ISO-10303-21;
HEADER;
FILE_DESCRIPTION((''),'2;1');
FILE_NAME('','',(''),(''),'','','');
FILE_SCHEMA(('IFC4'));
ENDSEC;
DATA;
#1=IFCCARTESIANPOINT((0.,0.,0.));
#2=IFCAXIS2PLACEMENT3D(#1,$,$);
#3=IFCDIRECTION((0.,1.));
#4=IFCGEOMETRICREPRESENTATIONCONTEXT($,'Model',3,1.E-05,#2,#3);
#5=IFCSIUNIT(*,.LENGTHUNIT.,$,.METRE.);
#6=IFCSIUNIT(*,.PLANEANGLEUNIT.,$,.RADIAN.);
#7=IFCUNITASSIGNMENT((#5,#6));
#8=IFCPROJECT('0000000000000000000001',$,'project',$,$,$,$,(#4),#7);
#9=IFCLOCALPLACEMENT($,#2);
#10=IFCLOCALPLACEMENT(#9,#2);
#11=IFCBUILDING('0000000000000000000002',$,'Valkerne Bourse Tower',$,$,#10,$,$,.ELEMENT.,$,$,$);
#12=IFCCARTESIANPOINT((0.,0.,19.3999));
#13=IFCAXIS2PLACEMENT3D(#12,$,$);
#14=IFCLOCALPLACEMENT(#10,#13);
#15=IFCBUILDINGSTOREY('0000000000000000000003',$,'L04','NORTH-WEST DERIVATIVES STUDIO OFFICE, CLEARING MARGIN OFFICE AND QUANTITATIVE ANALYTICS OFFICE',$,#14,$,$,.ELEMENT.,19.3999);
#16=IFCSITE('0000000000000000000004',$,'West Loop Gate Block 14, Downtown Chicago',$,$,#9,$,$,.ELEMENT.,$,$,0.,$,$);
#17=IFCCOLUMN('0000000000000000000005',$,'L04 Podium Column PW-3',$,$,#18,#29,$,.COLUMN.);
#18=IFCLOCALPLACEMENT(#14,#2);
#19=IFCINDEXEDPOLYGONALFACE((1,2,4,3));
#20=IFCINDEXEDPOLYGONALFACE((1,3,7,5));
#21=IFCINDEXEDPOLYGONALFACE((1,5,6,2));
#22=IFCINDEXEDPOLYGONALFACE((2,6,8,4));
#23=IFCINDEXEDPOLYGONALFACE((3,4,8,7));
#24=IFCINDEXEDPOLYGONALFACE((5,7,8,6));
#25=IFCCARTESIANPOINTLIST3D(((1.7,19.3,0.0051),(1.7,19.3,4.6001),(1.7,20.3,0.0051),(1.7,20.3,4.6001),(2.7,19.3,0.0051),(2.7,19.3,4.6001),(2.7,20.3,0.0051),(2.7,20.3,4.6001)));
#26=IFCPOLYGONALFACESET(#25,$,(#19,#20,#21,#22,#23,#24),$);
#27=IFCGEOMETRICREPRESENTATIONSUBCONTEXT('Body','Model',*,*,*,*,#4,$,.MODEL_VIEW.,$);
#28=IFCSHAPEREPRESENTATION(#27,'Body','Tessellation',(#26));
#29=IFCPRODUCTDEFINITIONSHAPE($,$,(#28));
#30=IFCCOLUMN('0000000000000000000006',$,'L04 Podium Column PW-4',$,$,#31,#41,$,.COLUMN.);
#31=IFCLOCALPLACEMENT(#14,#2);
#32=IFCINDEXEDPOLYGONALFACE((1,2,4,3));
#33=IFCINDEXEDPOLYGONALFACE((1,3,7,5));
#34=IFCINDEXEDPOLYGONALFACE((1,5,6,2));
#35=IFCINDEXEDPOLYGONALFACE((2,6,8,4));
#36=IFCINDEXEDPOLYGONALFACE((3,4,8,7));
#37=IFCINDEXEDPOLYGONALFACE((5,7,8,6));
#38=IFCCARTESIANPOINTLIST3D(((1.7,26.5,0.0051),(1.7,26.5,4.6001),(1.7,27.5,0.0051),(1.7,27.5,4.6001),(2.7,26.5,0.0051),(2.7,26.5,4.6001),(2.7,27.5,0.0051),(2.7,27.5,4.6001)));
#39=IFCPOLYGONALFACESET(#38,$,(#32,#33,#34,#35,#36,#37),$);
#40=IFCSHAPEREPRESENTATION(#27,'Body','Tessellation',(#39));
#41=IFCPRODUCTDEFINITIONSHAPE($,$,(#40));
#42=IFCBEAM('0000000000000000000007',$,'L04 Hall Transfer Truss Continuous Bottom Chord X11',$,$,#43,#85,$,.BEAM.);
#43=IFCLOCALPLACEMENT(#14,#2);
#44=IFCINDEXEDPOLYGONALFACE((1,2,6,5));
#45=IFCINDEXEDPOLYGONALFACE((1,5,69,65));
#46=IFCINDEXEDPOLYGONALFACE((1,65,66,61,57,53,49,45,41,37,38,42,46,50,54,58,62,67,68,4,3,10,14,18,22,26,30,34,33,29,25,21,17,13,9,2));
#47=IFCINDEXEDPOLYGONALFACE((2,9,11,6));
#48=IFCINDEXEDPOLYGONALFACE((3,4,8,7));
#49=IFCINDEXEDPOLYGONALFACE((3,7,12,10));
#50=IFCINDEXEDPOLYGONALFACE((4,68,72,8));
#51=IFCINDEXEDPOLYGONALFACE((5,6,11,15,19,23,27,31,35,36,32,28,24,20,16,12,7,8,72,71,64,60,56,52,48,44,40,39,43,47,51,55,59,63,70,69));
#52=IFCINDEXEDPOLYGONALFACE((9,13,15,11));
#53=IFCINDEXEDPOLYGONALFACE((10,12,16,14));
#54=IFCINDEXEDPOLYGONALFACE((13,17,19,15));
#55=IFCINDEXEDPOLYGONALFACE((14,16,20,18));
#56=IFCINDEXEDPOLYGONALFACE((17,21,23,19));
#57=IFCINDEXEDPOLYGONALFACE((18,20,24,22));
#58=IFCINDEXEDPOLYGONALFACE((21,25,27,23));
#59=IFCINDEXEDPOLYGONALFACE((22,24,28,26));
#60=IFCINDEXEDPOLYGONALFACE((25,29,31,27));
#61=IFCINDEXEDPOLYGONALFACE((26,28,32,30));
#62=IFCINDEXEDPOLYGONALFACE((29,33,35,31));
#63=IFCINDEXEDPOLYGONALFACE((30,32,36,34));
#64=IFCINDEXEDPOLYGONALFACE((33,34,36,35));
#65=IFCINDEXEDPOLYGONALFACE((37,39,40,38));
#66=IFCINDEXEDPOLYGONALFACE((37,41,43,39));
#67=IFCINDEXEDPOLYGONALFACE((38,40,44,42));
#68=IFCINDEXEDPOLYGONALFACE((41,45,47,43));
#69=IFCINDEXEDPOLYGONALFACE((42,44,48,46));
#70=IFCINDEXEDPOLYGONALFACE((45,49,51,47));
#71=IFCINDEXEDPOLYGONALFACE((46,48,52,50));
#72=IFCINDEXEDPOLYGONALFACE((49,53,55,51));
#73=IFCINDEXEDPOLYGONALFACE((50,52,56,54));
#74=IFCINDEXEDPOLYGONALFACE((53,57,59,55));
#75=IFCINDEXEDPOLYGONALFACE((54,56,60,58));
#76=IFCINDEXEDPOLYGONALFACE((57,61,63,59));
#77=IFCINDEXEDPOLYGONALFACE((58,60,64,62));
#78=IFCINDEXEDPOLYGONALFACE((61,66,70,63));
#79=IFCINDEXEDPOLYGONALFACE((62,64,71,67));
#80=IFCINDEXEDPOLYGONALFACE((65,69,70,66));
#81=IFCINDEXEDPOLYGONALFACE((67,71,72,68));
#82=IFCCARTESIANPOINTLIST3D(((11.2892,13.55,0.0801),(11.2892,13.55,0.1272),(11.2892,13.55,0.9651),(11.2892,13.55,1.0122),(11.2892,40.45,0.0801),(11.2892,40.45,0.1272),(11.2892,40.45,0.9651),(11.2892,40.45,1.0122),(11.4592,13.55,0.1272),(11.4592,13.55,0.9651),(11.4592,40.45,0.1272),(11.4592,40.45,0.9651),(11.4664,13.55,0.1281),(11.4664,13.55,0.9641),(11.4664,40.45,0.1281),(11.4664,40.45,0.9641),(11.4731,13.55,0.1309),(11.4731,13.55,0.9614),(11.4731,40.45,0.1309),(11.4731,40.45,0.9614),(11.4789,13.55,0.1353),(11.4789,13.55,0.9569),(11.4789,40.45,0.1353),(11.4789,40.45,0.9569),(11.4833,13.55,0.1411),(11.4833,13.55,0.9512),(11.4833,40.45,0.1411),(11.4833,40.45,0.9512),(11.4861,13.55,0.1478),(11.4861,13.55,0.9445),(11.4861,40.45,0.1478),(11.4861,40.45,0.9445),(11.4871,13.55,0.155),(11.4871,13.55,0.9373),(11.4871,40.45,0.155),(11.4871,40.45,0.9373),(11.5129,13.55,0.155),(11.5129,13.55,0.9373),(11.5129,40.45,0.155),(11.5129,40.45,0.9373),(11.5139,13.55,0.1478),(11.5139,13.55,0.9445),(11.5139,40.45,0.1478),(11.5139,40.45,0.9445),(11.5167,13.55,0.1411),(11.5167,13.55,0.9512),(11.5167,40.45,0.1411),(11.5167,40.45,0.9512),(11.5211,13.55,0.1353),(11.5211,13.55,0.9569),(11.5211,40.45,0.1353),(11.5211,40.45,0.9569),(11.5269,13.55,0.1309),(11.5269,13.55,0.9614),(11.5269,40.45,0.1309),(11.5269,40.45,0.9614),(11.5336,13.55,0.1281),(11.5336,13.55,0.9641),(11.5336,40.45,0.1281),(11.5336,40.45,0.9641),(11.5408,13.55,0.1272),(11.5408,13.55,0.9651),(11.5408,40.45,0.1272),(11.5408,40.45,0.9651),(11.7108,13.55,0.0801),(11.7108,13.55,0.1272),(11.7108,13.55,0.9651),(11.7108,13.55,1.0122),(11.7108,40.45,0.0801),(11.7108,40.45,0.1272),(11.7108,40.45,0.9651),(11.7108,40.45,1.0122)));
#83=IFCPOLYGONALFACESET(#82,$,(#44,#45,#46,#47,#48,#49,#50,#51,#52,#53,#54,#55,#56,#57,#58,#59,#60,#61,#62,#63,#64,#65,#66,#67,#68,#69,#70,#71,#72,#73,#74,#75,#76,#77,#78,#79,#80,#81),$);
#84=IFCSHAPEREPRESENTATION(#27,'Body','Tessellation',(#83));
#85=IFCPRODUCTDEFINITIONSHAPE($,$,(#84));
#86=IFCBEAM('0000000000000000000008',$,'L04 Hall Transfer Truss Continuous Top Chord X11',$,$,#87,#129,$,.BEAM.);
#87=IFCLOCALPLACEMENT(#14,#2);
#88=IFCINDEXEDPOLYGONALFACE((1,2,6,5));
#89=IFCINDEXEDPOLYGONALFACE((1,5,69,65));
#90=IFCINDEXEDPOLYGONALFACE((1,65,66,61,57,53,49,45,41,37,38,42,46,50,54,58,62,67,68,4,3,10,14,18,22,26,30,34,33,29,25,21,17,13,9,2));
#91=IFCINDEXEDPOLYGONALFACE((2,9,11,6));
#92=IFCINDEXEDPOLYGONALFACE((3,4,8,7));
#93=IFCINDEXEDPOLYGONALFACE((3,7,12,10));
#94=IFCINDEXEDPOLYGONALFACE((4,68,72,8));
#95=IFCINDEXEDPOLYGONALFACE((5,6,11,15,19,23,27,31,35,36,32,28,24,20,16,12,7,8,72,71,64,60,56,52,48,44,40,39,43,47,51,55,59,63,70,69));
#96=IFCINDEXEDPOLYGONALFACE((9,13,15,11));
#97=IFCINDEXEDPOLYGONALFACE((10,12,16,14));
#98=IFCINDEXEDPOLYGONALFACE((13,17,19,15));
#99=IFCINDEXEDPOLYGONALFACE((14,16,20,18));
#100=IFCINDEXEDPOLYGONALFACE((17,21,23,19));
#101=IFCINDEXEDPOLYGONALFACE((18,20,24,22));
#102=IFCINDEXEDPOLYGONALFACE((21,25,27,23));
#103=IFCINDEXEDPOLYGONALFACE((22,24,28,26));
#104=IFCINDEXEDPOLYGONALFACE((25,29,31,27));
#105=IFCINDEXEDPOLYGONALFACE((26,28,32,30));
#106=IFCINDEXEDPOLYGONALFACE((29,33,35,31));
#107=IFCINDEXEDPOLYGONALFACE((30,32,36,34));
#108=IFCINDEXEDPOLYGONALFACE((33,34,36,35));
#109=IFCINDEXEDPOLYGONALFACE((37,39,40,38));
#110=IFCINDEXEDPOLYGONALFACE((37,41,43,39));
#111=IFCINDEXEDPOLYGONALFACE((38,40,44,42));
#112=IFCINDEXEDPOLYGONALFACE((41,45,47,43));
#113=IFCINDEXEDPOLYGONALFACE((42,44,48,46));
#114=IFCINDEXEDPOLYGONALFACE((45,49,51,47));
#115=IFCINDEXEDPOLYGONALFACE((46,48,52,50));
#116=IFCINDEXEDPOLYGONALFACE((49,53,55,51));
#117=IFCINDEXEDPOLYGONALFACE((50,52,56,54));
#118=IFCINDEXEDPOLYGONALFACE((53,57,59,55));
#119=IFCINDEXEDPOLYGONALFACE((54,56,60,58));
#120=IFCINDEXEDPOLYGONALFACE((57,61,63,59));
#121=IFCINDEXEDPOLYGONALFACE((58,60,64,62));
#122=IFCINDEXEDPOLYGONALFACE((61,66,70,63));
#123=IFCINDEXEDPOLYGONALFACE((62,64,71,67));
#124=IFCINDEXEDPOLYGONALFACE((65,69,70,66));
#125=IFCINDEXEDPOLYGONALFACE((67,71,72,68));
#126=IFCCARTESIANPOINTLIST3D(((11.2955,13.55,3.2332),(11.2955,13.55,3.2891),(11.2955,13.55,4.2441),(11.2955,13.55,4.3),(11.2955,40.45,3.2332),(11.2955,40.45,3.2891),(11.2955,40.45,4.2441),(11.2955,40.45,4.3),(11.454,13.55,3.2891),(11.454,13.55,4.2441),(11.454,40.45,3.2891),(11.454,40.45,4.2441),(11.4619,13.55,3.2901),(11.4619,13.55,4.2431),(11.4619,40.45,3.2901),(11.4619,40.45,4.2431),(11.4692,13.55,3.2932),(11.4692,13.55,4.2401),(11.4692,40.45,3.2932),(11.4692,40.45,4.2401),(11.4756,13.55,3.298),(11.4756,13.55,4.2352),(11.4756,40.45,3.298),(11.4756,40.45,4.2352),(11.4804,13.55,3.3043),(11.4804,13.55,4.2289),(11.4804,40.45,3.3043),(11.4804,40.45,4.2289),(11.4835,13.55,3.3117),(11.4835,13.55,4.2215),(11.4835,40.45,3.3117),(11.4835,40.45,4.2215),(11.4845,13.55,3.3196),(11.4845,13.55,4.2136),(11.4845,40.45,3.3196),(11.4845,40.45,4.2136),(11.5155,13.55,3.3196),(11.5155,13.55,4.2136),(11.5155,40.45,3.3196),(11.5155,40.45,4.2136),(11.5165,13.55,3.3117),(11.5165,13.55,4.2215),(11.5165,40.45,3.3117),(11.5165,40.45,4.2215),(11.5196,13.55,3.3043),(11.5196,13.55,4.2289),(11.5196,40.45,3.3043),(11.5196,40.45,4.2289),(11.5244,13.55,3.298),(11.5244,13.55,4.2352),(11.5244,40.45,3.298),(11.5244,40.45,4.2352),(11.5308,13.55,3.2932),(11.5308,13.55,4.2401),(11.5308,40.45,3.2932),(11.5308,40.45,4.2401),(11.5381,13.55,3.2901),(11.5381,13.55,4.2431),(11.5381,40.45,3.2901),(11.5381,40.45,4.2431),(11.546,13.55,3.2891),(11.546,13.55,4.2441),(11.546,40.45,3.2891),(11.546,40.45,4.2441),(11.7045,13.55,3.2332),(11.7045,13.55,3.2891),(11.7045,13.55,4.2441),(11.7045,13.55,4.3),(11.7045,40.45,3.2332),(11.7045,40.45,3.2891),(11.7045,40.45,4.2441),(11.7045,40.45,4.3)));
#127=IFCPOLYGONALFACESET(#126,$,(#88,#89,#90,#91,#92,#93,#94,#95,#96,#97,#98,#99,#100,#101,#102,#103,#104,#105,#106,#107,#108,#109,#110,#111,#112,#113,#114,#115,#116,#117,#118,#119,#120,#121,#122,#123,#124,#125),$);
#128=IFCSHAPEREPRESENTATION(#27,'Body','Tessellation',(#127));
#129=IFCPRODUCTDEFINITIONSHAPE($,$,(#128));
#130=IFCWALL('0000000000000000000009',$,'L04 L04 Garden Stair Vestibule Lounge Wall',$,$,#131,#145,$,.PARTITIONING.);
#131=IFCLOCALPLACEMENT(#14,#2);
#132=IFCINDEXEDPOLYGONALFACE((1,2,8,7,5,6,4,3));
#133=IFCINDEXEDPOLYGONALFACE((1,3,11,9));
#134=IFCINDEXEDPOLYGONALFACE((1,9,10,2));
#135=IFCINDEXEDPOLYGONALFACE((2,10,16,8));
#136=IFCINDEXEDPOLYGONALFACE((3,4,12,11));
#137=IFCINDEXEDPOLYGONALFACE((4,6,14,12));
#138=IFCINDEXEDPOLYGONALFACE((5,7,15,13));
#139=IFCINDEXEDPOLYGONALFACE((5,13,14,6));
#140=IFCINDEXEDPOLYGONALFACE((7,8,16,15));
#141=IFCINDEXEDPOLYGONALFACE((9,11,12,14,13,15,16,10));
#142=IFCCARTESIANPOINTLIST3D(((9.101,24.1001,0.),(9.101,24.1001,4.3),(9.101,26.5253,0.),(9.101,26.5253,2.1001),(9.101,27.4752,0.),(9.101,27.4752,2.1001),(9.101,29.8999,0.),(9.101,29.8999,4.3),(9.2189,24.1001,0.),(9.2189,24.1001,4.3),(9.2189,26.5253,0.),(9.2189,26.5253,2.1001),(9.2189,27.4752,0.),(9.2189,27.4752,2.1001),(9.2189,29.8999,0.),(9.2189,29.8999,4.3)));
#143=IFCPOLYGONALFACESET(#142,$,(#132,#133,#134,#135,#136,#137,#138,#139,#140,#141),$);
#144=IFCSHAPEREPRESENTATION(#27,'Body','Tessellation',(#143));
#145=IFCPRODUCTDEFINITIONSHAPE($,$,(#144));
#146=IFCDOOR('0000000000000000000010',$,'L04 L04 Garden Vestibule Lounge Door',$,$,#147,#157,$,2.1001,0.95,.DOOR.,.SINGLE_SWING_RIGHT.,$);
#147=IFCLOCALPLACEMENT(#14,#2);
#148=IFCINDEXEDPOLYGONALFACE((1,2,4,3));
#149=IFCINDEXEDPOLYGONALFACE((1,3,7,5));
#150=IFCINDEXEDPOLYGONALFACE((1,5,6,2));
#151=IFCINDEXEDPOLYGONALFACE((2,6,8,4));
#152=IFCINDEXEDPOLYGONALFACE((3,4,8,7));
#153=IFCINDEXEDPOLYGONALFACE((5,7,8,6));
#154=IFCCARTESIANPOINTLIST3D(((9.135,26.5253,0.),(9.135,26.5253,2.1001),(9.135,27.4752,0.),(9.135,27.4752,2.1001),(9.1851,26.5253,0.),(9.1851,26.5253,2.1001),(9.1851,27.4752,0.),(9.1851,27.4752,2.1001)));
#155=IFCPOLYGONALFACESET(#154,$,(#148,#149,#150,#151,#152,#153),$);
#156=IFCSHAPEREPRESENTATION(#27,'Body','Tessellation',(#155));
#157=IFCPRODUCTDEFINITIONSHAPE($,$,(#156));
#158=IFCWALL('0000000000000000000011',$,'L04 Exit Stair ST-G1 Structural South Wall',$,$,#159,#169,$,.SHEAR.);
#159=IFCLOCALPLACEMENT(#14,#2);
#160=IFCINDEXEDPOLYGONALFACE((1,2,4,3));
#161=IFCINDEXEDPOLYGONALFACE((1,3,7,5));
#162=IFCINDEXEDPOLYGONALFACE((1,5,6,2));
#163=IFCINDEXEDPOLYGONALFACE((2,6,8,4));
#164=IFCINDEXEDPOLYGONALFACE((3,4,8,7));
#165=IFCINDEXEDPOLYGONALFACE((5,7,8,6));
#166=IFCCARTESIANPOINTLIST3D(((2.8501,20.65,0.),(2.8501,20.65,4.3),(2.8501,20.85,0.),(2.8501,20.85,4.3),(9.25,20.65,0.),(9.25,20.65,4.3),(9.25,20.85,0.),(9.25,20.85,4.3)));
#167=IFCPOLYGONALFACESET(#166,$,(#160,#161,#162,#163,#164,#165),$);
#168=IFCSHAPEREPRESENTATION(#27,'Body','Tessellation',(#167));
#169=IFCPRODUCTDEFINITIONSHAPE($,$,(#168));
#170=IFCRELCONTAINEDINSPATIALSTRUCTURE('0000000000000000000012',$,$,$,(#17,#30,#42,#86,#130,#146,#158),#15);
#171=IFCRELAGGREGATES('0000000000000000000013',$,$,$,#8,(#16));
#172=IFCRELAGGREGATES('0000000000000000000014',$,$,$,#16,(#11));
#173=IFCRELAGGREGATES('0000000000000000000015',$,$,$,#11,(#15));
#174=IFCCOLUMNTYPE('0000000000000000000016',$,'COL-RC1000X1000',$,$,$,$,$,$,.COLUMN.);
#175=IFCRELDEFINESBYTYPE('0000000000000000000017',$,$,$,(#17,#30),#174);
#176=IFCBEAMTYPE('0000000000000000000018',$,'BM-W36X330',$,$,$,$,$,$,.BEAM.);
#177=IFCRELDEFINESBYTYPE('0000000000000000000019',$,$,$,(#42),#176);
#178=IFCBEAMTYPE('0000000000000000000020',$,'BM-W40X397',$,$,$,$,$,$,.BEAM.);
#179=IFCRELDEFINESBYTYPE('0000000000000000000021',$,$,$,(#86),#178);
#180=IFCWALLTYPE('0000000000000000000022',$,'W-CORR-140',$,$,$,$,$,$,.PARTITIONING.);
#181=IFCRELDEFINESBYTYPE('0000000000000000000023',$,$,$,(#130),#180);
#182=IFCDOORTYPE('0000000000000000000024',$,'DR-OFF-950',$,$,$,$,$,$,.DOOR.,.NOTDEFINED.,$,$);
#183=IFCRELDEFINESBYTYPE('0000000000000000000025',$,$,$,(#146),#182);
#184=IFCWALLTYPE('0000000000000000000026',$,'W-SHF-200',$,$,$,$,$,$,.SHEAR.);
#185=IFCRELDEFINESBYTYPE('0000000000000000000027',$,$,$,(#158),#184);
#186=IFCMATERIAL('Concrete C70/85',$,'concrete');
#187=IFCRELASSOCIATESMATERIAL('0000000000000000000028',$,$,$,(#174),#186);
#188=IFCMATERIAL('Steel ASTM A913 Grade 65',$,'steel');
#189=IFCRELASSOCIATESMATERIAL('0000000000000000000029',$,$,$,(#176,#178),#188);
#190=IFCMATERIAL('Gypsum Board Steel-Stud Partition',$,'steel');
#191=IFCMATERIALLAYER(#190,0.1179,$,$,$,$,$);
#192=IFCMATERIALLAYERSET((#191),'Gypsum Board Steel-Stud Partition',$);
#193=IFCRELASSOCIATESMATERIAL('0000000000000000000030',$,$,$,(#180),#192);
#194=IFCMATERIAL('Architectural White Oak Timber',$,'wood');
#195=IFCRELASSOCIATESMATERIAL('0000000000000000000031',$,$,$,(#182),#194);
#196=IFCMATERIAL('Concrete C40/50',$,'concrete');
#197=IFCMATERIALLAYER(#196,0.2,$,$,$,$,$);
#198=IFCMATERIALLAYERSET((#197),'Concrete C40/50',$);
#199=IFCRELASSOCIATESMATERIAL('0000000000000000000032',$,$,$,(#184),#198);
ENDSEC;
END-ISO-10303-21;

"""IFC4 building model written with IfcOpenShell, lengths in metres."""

from ifc_helpers import new_model, si_unit, direction, frame, frame_2d, origin, origin_2d, place, context, subcontext, project, spatial, rectangle, i_section, extrude, material, layer, layer_set, material_profile, profile_set, type_object, element, fill, save


model = new_model("IFC4")

# Units and contexts
model_context = context("Model", 3, precision=1e-05, world=origin(), true_north=direction((0.0, 1.0)))
body_context = subcontext(model_context, "Body", "Model", "MODEL_VIEW")
ifc_project = project(units=[si_unit("LENGTHUNIT", "METRE"), si_unit("PLANEANGLEUNIT", "RADIAN")], contexts=[model_context])

# Site, building, storey
site_placement = place(None, origin())
site = spatial("IfcSite", under=ifc_project, at=site_placement, Name="West Loop Gate Block 14, Downtown Chicago", CompositionType="ELEMENT", RefElevation=0.0)
building_placement = place(site_placement, origin())
building = spatial("IfcBuilding", under=site, at=building_placement, Name="Valkerne Bourse Tower", CompositionType="ELEMENT")
storey_placement = place(building_placement, frame((0.0, 0.0, 19.3999)))
storey = spatial("IfcBuildingStorey", under=building, at=storey_placement, Name="L04", Description="NORTH-WEST DERIVATIVES STUDIO OFFICE, CLEARING MARGIN OFFICE AND QUANTITATIVE ANALYTICS OFFICE", CompositionType="ELEMENT", Elevation=19.3999)

# Columns
ifc_material_1 = material(Name="Concrete C70/85", Category="concrete")
ifc_material_profile_1 = material_profile(ifc_material_1, rectangle(XDim=1.0, YDim=1.0, at=origin_2d()), Name="RC1000X1000")
ifc_profile_set_1 = profile_set([ifc_material_profile_1], Name="Concrete C70/85")
column_type = type_object("IfcColumnType", Name="COL-RC1000X1000", PredefinedType="COLUMN", material=ifc_profile_set_1)
for number, where, z_axis, x_axis, name in (
    (1, (2.2, 19.8, 0.0051), (0.0, 0.0, 1.0), (1.0, 0.0, 0.0), "L04 Podium Column PW-3"),
    (2, (2.2, 27.0, 0.0051), (0.0, 0.0, 1.0), (1.0, 0.0, 0.0), "L04 Podium Column PW-4"),
):
    element("IfcColumn", number, at=place(storey_placement, frame(where, z_axis=z_axis, x_axis=x_axis)), inside=storey, type_object=column_type, Name=name, PredefinedType="COLUMN", context=body_context, shape_type="SweptSolid", body=[
        extrude(rectangle(XDim=1.0, YDim=1.0, at=origin_2d()), origin(), (0.0, 0.0, 1.0), 4.595),
    ])

# Beams
ifc_material_2 = material(Name="Steel ASTM A913 Grade 65", Category="steel")
ifc_material_profile_2 = material_profile(ifc_material_2, i_section(OverallWidth=0.4216, OverallDepth=0.9321, WebThickness=0.0259, FlangeThickness=0.0471, FilletRadius=0.0278, at=origin_2d()), Name="W36X330")
ifc_profile_set_2 = profile_set([ifc_material_profile_2], Name="Steel ASTM A913 Grade 65")
beam_type_1 = type_object("IfcBeamType", Name="BM-W36X330", PredefinedType="BEAM", material=ifc_profile_set_2)
beam_1_placement = place(storey_placement, frame((11.5, 13.55, 0.5461), z_axis=(0.0, 1.0, 0.0), x_axis=(-1.0, 0.0, 0.0)))
element("IfcBeam", 3, at=beam_1_placement, inside=storey, type_object=beam_type_1, Name="L04 Hall Transfer Truss Continuous Bottom Chord X11", PredefinedType="BEAM", context=body_context, shape_type="SweptSolid", body=[
    extrude(i_section(OverallWidth=0.4216, OverallDepth=0.9321, WebThickness=0.0259, FlangeThickness=0.0471, FilletRadius=0.0278, at=origin_2d()), origin(), (0.0, 0.0, 1.0), 26.8999),
])
ifc_material_profile_3 = material_profile(ifc_material_2, i_section(OverallWidth=0.4089, OverallDepth=1.0669, WebThickness=0.031, FlangeThickness=0.0559, FilletRadius=0.0305, at=origin_2d()), Name="W40X397")
ifc_profile_set_3 = profile_set([ifc_material_profile_3], Name="Steel ASTM A913 Grade 65")
beam_type_2 = type_object("IfcBeamType", Name="BM-W40X397", PredefinedType="BEAM", material=ifc_profile_set_3)
beam_2_placement = place(storey_placement, frame((11.5, 13.55, 3.7666), z_axis=(0.0, 1.0, 0.0), x_axis=(-1.0, 0.0, 0.0)))
element("IfcBeam", 4, at=beam_2_placement, inside=storey, type_object=beam_type_2, Name="L04 Hall Transfer Truss Continuous Top Chord X11", PredefinedType="BEAM", context=body_context, shape_type="SweptSolid", body=[
    extrude(i_section(OverallWidth=0.4089, OverallDepth=1.0669, WebThickness=0.031, FlangeThickness=0.0559, FilletRadius=0.0305, at=origin_2d()), origin(), (0.0, 0.0, 1.0), 26.8999),
])

# Wall, opening, door
ifc_material_3 = material(Name="Gypsum Board Steel-Stud Partition", Category="steel")
ifc_layer_1 = layer(ifc_material_3, 0.1179)
ifc_layer_set_1 = layer_set([ifc_layer_1], Name="Gypsum Board Steel-Stud Partition")
wall_type_1 = type_object("IfcWallType", Name="W-CORR-140", PredefinedType="PARTITIONING", material=ifc_layer_set_1)
wall_1_placement = place(storey_placement, frame((9.1599, 24.1001, 0.0), z_axis=(0.0, 0.0, 1.0), x_axis=(0.0, 1.0, 0.0)))
wall_1 = element("IfcWall", 5, at=wall_1_placement, inside=storey, type_object=wall_type_1, Name="L04 L04 Garden Stair Vestibule Lounge Wall", PredefinedType="PARTITIONING", context=body_context, shape_type="SweptSolid", body=[
    extrude(rectangle(XDim=5.7998, YDim=0.1179, at=frame_2d((2.8999, 0.0))), origin(), (0.0, 0.0, 1.0), 4.3),
])
opening_1_placement = place(wall_1_placement, frame((2.425, 0.0, 0.0)))
opening_1 = element("IfcOpeningElement", 6, at=opening_1_placement, cuts=wall_1, PredefinedType="OPENING", context=body_context, shape_type="SweptSolid", body=[
    extrude(rectangle(XDim=0.95, YDim=2.1001, at=frame_2d((0.4751, 1.05))), frame((0.0, 0.0688, 0.0), z_axis=(0.0, -1.0, 0.0), x_axis=(1.0, 0.0, 0.0)), (0.0, 0.0, 1.0), 0.1379),
])
ifc_material_4 = material(Name="Architectural White Oak Timber", Category="wood")
door_type_1 = type_object("IfcDoorType", Name="DR-OFF-950", OperationType="NOTDEFINED", PredefinedType="DOOR", material=ifc_material_4)
door_1_placement = place(opening_1_placement, origin())
door_1 = element("IfcDoor", 7, at=door_1_placement, inside=storey, type_object=door_type_1, Name="L04 L04 Garden Vestibule Lounge Door", OperationType="SINGLE_SWING_RIGHT", OverallHeight=2.1001, OverallWidth=0.95, PredefinedType="DOOR", context=body_context, shape_type="SweptSolid", body=[
    extrude(rectangle(XDim=0.95, YDim=2.1001, at=frame_2d((0.4751, 1.05))), frame((0.0, 0.0249, 0.0), z_axis=(0.0, -1.0, 0.0), x_axis=(1.0, 0.0, 0.0)), (0.0, 0.0, 1.0), 0.05),
])
fill(opening_1, door_1)

# Wall
ifc_material_5 = material(Name="Concrete C40/50", Category="concrete")
ifc_layer_2 = layer(ifc_material_5, 0.2)
ifc_layer_set_2 = layer_set([ifc_layer_2], Name="Concrete C40/50")
wall_type_2 = type_object("IfcWallType", Name="W-SHF-200", PredefinedType="SHEAR", material=ifc_layer_set_2)
wall_2_placement = place(storey_placement, frame((2.8501, 20.75, 0.0), z_axis=(0.0, 0.0, 1.0), x_axis=(1.0, 0.0, 0.0)))
element("IfcWall", 8, at=wall_2_placement, inside=storey, type_object=wall_type_2, Name="L04 Exit Stair ST-G1 Structural South Wall", PredefinedType="SHEAR", context=body_context, shape_type="SweptSolid", body=[
    extrude(rectangle(XDim=6.3999, YDim=0.2, at=frame_2d((3.2, 0.0))), origin(), (0.0, 0.0, 1.0), 4.3),
])

save(model, "model.ifc")
